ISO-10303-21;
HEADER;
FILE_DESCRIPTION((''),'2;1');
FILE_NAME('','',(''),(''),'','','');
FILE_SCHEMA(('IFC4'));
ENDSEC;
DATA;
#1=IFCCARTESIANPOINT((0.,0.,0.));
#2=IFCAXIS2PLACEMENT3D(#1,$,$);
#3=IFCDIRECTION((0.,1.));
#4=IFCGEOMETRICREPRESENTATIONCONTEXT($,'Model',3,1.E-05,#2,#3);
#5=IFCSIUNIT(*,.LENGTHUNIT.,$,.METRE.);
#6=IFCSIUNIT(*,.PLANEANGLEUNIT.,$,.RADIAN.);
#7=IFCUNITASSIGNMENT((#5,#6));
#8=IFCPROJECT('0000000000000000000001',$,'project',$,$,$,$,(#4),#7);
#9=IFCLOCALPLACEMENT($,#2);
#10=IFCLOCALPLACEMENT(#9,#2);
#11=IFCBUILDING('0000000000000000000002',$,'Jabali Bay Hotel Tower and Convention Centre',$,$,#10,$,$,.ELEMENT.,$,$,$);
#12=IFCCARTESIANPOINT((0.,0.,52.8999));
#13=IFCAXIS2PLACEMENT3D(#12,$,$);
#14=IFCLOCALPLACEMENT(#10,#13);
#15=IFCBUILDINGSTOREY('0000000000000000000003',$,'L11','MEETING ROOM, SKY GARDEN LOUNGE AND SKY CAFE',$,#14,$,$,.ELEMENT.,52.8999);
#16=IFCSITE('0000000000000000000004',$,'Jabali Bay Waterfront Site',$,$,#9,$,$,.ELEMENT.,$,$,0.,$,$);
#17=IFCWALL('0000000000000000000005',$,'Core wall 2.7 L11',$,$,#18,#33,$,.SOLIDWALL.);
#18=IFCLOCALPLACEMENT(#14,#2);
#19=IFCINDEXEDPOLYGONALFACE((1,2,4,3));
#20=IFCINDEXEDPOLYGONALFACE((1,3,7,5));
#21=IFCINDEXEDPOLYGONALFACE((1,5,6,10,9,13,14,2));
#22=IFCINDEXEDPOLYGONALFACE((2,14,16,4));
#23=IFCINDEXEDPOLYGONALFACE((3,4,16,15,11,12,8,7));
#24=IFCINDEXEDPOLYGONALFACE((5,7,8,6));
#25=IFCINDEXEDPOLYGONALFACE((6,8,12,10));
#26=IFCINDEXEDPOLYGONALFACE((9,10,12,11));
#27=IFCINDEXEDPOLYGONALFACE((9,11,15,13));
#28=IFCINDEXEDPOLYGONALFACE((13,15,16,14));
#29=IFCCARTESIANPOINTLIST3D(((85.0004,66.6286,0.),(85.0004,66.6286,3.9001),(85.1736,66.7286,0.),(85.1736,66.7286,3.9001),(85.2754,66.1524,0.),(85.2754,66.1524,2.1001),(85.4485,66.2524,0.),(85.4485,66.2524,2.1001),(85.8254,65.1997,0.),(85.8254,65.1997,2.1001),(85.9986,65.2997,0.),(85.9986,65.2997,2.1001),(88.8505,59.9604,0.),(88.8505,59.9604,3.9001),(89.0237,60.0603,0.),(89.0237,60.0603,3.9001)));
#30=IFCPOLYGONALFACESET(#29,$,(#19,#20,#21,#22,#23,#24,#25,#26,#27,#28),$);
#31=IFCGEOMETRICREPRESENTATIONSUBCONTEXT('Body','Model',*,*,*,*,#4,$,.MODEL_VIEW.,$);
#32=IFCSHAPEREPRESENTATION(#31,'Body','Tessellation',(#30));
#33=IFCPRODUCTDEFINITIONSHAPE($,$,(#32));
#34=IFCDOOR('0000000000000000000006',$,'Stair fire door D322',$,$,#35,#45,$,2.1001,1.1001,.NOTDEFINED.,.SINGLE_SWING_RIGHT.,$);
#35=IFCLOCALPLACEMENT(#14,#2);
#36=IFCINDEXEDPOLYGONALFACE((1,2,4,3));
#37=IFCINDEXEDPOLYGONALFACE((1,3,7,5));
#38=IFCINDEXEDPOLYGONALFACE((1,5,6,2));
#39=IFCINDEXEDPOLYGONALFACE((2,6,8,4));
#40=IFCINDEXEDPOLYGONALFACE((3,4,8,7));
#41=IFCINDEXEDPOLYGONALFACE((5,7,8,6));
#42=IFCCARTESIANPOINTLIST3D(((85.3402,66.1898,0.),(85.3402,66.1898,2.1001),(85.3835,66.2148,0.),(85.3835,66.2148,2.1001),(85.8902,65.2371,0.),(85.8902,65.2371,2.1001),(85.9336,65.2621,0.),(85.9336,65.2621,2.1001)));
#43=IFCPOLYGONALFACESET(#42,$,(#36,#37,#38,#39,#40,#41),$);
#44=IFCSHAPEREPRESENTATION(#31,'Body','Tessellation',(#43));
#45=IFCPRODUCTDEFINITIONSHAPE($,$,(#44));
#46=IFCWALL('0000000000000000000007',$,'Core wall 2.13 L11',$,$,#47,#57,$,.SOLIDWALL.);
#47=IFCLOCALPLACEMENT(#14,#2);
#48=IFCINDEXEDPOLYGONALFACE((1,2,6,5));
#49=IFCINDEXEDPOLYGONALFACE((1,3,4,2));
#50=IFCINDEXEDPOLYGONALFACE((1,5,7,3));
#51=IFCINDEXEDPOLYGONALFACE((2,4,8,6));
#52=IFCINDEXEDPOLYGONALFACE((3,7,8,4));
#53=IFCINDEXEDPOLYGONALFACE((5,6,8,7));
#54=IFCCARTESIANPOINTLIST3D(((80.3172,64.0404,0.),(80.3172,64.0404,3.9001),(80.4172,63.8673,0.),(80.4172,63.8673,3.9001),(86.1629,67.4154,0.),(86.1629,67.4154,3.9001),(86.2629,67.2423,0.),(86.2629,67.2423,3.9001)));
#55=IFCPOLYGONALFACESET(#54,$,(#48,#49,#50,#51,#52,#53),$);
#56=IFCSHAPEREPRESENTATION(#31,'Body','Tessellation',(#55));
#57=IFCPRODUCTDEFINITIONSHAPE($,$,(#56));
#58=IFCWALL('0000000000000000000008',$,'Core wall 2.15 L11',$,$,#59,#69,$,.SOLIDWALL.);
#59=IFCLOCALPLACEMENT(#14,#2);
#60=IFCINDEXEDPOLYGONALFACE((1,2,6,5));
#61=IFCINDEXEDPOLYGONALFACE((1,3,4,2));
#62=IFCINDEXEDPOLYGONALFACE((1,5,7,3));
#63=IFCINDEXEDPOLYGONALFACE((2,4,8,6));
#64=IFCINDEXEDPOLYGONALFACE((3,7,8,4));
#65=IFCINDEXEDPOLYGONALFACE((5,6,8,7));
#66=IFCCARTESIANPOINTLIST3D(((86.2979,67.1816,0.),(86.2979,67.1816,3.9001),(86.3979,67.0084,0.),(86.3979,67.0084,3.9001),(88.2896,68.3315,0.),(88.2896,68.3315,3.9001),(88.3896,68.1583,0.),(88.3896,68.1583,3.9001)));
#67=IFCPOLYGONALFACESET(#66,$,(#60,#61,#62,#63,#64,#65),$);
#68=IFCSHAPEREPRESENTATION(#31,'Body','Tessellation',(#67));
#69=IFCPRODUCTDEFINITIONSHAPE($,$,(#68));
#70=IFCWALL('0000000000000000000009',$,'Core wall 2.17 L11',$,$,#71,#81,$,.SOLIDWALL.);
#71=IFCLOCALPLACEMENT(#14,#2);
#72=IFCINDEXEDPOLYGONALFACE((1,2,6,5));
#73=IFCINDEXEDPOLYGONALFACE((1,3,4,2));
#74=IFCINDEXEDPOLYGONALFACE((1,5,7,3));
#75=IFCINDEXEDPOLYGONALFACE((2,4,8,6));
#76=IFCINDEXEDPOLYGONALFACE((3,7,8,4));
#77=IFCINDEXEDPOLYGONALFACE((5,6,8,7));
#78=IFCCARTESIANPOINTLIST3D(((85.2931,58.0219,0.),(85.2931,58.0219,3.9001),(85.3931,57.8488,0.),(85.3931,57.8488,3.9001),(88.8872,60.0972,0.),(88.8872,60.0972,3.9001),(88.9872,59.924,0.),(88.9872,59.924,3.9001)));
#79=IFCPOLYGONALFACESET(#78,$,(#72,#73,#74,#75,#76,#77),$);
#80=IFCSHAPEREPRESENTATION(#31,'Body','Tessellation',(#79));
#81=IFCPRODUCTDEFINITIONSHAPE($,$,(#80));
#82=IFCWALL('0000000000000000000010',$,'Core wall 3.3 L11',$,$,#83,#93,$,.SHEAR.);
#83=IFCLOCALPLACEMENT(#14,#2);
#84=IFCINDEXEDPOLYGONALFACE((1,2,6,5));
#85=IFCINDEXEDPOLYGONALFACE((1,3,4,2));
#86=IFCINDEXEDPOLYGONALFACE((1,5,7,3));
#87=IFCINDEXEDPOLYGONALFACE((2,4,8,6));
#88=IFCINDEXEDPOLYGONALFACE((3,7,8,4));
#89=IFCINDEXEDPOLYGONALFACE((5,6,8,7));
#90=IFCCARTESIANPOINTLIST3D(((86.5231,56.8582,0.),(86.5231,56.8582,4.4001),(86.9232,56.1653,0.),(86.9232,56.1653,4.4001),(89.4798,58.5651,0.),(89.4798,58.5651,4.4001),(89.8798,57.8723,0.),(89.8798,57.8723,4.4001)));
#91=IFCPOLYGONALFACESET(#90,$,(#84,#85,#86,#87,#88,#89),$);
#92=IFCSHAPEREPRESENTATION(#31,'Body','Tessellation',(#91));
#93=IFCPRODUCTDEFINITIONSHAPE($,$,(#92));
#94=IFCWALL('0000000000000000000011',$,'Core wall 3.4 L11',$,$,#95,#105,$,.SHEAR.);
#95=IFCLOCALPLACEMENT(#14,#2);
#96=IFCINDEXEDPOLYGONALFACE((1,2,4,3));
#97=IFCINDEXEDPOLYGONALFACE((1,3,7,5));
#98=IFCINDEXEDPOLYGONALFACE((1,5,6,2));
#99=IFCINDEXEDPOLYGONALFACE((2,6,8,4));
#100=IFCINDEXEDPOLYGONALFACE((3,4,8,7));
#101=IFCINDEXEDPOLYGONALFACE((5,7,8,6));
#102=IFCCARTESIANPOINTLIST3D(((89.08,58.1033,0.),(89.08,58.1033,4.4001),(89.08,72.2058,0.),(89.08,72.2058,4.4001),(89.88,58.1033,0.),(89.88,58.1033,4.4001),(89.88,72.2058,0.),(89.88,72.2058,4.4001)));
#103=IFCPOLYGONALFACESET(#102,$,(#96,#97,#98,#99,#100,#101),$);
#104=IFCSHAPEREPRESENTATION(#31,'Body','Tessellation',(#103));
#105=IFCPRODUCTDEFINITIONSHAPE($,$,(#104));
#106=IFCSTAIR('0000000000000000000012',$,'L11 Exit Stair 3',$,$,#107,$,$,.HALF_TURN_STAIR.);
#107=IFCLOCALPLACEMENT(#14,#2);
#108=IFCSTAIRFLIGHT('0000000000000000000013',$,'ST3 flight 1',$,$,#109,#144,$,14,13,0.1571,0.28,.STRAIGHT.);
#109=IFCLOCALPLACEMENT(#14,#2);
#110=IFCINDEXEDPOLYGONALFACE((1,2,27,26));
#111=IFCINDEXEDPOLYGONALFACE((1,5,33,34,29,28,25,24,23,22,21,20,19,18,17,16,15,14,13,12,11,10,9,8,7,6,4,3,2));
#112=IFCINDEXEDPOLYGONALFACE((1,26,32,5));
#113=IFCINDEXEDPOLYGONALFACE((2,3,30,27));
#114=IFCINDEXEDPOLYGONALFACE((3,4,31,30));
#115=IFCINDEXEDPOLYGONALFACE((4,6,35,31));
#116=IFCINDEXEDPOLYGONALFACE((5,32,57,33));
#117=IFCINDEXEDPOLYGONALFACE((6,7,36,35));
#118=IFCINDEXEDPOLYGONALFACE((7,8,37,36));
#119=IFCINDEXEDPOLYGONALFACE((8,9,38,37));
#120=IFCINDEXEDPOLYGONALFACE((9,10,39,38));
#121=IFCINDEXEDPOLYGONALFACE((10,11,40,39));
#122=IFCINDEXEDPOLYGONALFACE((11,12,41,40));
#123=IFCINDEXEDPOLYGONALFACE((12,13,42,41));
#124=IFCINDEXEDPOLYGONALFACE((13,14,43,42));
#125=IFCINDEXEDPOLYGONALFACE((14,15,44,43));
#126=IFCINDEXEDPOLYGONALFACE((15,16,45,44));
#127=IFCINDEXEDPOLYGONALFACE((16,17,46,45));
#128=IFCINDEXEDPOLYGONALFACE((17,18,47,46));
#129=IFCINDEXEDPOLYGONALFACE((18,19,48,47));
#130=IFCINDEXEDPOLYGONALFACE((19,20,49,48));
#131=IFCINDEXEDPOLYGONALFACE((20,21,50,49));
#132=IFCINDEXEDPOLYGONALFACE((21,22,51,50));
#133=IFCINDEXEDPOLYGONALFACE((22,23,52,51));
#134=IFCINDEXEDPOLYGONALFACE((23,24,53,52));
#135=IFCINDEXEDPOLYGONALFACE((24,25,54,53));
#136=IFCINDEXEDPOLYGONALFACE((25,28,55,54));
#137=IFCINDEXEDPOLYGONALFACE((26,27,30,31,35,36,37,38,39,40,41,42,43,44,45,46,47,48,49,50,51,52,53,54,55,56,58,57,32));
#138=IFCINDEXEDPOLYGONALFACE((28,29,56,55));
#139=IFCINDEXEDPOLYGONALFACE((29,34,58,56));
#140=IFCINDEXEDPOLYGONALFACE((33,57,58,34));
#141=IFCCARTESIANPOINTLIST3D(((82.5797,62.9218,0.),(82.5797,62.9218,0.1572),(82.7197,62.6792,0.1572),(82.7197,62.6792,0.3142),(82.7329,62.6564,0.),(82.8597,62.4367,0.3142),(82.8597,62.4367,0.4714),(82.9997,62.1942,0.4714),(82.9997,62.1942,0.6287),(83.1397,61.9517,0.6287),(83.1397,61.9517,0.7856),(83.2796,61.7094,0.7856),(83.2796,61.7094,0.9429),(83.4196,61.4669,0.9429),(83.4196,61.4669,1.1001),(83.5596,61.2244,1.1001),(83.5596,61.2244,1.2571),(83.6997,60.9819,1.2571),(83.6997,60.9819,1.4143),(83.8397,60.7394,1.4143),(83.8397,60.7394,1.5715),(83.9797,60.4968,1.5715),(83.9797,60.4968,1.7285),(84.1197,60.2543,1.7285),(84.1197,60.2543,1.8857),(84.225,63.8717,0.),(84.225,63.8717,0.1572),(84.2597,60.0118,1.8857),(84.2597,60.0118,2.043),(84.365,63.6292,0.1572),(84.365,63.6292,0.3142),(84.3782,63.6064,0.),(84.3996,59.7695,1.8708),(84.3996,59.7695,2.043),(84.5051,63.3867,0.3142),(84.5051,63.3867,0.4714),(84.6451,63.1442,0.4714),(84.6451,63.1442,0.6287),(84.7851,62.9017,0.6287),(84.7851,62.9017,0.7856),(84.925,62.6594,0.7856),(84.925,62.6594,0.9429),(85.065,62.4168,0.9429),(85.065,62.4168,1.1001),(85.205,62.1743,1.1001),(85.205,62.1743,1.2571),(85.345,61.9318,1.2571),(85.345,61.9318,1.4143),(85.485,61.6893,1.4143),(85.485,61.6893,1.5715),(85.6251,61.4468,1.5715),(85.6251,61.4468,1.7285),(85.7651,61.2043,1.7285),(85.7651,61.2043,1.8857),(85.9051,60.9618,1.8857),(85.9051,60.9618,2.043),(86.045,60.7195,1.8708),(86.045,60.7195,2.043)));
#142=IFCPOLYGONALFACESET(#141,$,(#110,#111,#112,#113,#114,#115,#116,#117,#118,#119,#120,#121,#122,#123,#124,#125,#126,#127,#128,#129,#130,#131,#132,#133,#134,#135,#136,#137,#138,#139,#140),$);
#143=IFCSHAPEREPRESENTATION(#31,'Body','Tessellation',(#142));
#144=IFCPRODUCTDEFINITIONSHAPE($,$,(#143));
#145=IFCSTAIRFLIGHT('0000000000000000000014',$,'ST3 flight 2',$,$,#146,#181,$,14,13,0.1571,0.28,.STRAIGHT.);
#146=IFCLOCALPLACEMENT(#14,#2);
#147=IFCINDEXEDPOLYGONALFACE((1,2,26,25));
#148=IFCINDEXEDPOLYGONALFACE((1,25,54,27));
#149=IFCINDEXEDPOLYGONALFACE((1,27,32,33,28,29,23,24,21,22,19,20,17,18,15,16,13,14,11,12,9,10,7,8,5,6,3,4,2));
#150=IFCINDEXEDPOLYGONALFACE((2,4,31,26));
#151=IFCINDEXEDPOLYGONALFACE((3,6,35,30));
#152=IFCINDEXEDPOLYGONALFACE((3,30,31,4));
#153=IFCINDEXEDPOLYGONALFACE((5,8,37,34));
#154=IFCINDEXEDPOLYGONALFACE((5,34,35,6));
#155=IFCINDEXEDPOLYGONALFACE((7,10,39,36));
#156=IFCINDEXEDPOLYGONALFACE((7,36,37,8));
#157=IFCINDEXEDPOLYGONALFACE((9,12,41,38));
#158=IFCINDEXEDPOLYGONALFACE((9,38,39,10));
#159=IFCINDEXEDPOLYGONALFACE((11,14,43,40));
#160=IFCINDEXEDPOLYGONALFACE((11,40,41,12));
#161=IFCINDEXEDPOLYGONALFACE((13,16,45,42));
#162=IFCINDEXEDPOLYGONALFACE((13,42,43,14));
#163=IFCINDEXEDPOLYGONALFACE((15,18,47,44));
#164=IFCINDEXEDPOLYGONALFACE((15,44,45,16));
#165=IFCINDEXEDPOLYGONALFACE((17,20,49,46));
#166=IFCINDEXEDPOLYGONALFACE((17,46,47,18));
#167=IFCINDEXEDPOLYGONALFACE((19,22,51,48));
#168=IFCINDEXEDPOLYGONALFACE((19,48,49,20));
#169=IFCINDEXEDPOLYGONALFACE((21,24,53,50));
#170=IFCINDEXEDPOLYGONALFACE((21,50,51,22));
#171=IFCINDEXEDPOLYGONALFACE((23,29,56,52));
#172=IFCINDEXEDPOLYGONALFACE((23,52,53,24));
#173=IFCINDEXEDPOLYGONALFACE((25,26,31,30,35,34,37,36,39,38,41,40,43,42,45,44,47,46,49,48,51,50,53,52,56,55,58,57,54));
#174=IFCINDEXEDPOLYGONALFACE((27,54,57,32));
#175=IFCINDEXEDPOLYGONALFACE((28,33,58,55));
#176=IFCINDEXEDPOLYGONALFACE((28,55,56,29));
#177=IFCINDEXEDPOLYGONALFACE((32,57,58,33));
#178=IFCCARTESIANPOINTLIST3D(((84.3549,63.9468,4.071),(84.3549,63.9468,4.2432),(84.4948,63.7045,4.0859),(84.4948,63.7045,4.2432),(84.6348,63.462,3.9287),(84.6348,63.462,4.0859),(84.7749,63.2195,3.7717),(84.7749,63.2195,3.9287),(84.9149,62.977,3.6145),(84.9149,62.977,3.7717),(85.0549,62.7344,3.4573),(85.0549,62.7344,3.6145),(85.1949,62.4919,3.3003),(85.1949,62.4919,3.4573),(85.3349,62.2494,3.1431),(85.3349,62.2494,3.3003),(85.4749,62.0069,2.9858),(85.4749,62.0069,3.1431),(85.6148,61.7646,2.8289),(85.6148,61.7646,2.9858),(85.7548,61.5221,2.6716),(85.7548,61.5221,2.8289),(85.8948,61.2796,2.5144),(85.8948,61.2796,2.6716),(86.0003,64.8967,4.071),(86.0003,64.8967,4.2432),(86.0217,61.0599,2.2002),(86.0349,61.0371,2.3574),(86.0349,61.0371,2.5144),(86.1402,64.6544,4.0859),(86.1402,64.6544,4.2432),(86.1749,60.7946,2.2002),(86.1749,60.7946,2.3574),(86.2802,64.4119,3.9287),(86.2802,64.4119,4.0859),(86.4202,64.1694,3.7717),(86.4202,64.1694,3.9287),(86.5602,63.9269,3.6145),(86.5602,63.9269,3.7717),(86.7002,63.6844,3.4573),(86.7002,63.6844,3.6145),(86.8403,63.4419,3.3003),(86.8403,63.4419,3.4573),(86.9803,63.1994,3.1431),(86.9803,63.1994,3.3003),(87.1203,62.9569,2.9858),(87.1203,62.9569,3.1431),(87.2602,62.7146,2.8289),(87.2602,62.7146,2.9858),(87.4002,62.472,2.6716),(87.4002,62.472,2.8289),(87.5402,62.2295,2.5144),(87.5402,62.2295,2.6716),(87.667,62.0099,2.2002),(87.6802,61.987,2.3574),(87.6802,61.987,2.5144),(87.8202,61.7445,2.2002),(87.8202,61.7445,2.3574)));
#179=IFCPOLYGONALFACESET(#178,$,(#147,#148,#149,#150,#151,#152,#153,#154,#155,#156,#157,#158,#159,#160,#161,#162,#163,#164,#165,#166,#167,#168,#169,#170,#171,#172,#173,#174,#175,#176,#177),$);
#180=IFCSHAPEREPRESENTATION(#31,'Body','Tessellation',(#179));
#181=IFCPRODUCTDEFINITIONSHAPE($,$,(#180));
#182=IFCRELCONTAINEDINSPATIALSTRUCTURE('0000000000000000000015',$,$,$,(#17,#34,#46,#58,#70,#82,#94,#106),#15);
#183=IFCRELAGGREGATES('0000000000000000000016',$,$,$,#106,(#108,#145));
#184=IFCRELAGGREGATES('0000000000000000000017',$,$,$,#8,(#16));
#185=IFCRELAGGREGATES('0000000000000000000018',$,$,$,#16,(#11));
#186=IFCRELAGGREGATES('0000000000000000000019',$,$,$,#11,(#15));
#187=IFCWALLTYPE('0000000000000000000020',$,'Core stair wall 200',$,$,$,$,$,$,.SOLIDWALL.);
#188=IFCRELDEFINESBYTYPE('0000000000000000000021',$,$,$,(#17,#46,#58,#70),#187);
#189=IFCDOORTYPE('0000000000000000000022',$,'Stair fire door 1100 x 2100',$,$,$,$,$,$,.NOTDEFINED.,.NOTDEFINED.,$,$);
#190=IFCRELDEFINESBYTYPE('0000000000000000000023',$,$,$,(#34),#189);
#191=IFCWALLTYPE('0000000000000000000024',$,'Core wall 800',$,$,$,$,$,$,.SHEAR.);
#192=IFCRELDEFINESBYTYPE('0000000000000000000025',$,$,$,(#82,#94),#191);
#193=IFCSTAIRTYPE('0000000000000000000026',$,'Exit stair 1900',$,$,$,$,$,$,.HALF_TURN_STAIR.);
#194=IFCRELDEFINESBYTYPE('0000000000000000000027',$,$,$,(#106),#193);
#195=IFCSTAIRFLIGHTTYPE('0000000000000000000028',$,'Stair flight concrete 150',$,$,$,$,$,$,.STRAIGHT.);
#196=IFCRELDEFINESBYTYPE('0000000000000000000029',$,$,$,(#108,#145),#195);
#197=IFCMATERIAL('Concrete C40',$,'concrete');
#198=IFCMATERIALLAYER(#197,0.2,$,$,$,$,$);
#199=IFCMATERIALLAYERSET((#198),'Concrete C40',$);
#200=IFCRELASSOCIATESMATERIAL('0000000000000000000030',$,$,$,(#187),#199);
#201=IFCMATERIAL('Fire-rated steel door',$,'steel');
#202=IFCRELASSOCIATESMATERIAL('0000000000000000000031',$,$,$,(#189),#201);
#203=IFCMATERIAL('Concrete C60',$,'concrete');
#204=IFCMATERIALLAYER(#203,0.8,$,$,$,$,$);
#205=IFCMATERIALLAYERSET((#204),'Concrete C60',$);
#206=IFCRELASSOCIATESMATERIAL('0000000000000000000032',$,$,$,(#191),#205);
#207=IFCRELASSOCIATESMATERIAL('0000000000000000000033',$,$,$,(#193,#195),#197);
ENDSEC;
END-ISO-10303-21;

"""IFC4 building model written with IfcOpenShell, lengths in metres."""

from ifc_helpers import new_model, si_unit, direction, frame, frame_2d, origin, place, context, subcontext, project, spatial, polyline, rectangle, outline, extrude, material, layer, layer_set, type_object, element, fill, aggregate, save


model = new_model("IFC4")

# Units and contexts
model_context = context("Model", 3, precision=1e-05, world=origin(), true_north=direction((0.0, 1.0)))
body_context = subcontext(model_context, "Body", "Model", "MODEL_VIEW")
ifc_project = project(units=[si_unit("LENGTHUNIT", "METRE"), si_unit("PLANEANGLEUNIT", "RADIAN")], contexts=[model_context])

# Site, building, storey
site_placement = place(None, origin())
site = spatial("IfcSite", under=ifc_project, at=site_placement, Name="Jabali Bay Waterfront Site", CompositionType="ELEMENT", RefElevation=0.0)
building_placement = place(site_placement, origin())
building = spatial("IfcBuilding", under=site, at=building_placement, Name="Jabali Bay Hotel Tower and Convention Centre", CompositionType="ELEMENT")
storey_placement = place(building_placement, frame((0.0, 0.0, 52.8999)))
storey = spatial("IfcBuildingStorey", under=building, at=storey_placement, Name="L11", Description="MEETING ROOM, SKY GARDEN LOUNGE AND SKY CAFE", CompositionType="ELEMENT", Elevation=52.8999)

# Shared definitions
ifc_material_1 = material(Name="Concrete C40", Category="concrete")

# Shared definitions
ifc_material_2 = material(Name="Fire-rated steel door", Category="steel")

# Shared definitions
ifc_layer_1 = layer(ifc_material_1, 0.2)
ifc_layer_set_1 = layer_set([ifc_layer_1], Name="Concrete C40")
wall_type_1 = type_object("IfcWallType", Name="Core stair wall 200", PredefinedType="SOLIDWALL", material=ifc_layer_set_1)

# Wall, opening, door
wall_1_placement = place(storey_placement, frame((85.0869, 66.6787, 0.0), z_axis=(0.0, 0.0, 1.0), x_axis=(0.50002, -0.866014, 0.0)))
wall_1 = element("IfcWall", 1, at=wall_1_placement, inside=storey, type_object=wall_type_1, Name="Core wall 2.7 L11", PredefinedType="SOLIDWALL", context=body_context, shape_type="SweptSolid", body=[
    extrude(rectangle(XDim=7.7, YDim=0.2, at=frame_2d((3.8501, 0.0))), origin(), (0.0, 0.0, 1.0), 3.9001),
])
opening_1_placement = place(wall_1_placement, frame((0.55, 0.0, 0.0)))
opening_1 = element("IfcOpeningElement", 2, at=opening_1_placement, cuts=wall_1, PredefinedType="OPENING", context=body_context, shape_type="SweptSolid", body=[
    extrude(rectangle(XDim=1.1001, YDim=2.1001, at=frame_2d((0.55, 1.05))), frame((0.0, 0.1104, 0.0), z_axis=(0.0, -1.0, 0.0), x_axis=(1.0, 0.0, 0.0)), (0.0, 0.0, 1.0), 0.2209),
])
door_type_1 = type_object("IfcDoorType", Name="Stair fire door 1100 x 2100", OperationType="NOTDEFINED", PredefinedType="NOTDEFINED", material=ifc_material_2)
door_1_placement = place(opening_1_placement, origin())
door_1 = element("IfcDoor", 3, at=door_1_placement, inside=storey, type_object=door_type_1, Name="Stair fire door D322", OperationType="SINGLE_SWING_RIGHT", OverallHeight=2.1001, OverallWidth=1.1001, PredefinedType="NOTDEFINED", context=body_context, shape_type="SweptSolid", body=[
    extrude(rectangle(XDim=1.1001, YDim=2.1001, at=frame_2d((0.55, 1.05))), frame((0.0, 0.0249, 0.0), z_axis=(0.0, -1.0, 0.0), x_axis=(1.0, 0.0, 0.0)), (0.0, 0.0, 1.0), 0.05),
])
fill(opening_1, door_1)

# Walls
wall_2_placement = place(storey_placement, frame((80.3672, 63.9539, 0.0), z_axis=(0.0, 0.0, 1.0), x_axis=(0.866027, 0.499998, 0.0)))
element("IfcWall", 4, at=wall_2_placement, inside=storey, type_object=wall_type_1, Name="Core wall 2.13 L11", PredefinedType="SOLIDWALL", context=body_context, shape_type="SweptSolid", body=[
    extrude(rectangle(XDim=6.75, YDim=0.2, at=frame_2d((3.375, 0.0))), origin(), (0.0, 0.0, 1.0), 3.9001),
])
wall_3_placement = place(storey_placement, frame((86.3479, 67.095, 0.0), z_axis=(0.0, 0.0, 1.0), x_axis=(0.866026, 0.499998, 0.0)))
element("IfcWall", 5, at=wall_3_placement, inside=storey, type_object=wall_type_1, Name="Core wall 2.15 L11", PredefinedType="SOLIDWALL", context=body_context, shape_type="SweptSolid", body=[
    extrude(rectangle(XDim=2.2998, YDim=0.2, at=frame_2d((1.1499, 0.0))), origin(), (0.0, 0.0, 1.0), 3.9001),
])
wall_4_placement = place(storey_placement, frame((85.343, 57.9353, 0.0), z_axis=(0.0, 0.0, 1.0), x_axis=(0.866004, 0.500036, 0.0)))
element("IfcWall", 6, at=wall_4_placement, inside=storey, type_object=wall_type_1, Name="Core wall 2.17 L11", PredefinedType="SOLIDWALL", context=body_context, shape_type="SweptSolid", body=[
    extrude(rectangle(XDim=4.1501, YDim=0.2, at=frame_2d((2.0752, 0.0))), origin(), (0.0, 0.0, 1.0), 3.9001),
])
ifc_material_3 = material(Name="Concrete C60", Category="concrete")
ifc_layer_2 = layer(ifc_material_3, 0.8)
ifc_layer_set_2 = layer_set([ifc_layer_2], Name="Concrete C60")
wall_type_2 = type_object("IfcWallType", Name="Core wall 800", PredefinedType="SHEAR", material=ifc_layer_set_2)
wall_5_placement = place(storey_placement, frame((86.7231, 56.5117, 0.0), z_axis=(0.0, 0.0, 1.0), x_axis=(0.866034, 0.499984, 0.0)))
element("IfcWall", 7, at=wall_5_placement, inside=storey, type_object=wall_type_2, Name="Core wall 3.3 L11", PredefinedType="SHEAR", context=body_context, shape_type="SweptSolid", body=[
    extrude(rectangle(XDim=3.4141, YDim=0.8, at=frame_2d((1.707, 0.0))), origin(), (0.0, 0.0, 1.0), 4.4001),
])
wall_6_placement = place(storey_placement, frame((89.48, 58.1033, 0.0), z_axis=(0.0, 0.0, 1.0), x_axis=(0.0, 1.0, 0.0)))
element("IfcWall", 8, at=wall_6_placement, inside=storey, type_object=wall_type_2, Name="Core wall 3.4 L11", PredefinedType="SHEAR", context=body_context, shape_type="SweptSolid", body=[
    extrude(rectangle(XDim=14.1025, YDim=0.8, at=frame_2d((7.0513, 0.0))), origin(), (0.0, 0.0, 1.0), 4.4001),
])

# Stair, stair flights
stair_type = type_object("IfcStairType", Name="Exit stair 1900", PredefinedType="HALF_TURN_STAIR", material=ifc_material_1)
stair_placement = place(storey_placement, origin())
stair = element("IfcStair", 9, at=stair_placement, inside=storey, type_object=stair_type, Name="L11 Exit Stair 3", PredefinedType="HALF_TURN_STAIR")
stair_flight_type = type_object("IfcStairFlightType", Name="Stair flight concrete 150", PredefinedType="STRAIGHT", material=ifc_material_1)
stair_flight_1_placement = place(storey_placement, frame((83.4023, 63.3967, 0.0), z_axis=(0.0, 0.0, 1.0), x_axis=(0.5, -0.866025, 0.0)))
stair_flight_1 = element("IfcStairFlight", 10, at=stair_flight_1_placement, type_object=stair_flight_type, Name="ST3 flight 1", NumberOfRisers=14, NumberOfTreads=13, PredefinedType="STRAIGHT", RiserHeight=0.1571, TreadLength=0.28, context=body_context, shape_type="SweptSolid", body=[
    extrude(outline(polyline([(0.0, 0.0), (0.0, 0.1572), (0.28, 0.1572), (0.28, 0.3142), (0.5601, 0.3142), (0.5601, 0.4714), (0.8401, 0.4714), (0.8401, 0.6287), (1.1201, 0.6287), (1.1201, 0.7856), (1.3999, 0.7856), (1.3999, 0.9429), (1.6799, 0.9429), (1.6799, 1.1001), (1.96, 1.1001), (1.96, 1.2571), (2.24, 1.2571), (2.24, 1.4143), (2.52, 1.4143), (2.52, 1.5715), (2.8, 1.5715), (2.8, 1.7285), (3.0801, 1.7285), (3.0801, 1.8857), (3.3601, 1.8857), (3.3601, 2.043), (3.6399, 2.043), (3.6399, 2.2), (3.6399, 1.8708), (0.3064, 0.0), (0.0, 0.0)])), frame((0.0, 0.95, 0.0), z_axis=(0.0, -1.0, 0.0), x_axis=(1.0, 0.0, 0.0)), (0.0, 0.0, 1.0), 1.8999),
])
stair_flight_2_placement = place(storey_placement, frame((86.9976, 61.2695, 2.2002), z_axis=(0.0, 0.0, 1.0), x_axis=(-0.5, 0.866025, 0.0)))
stair_flight_2 = element("IfcStairFlight", 11, at=stair_flight_2_placement, type_object=stair_flight_type, Name="ST3 flight 2", NumberOfRisers=14, NumberOfTreads=13, PredefinedType="STRAIGHT", RiserHeight=0.1571, TreadLength=0.28, context=body_context, shape_type="SweptSolid", body=[
    extrude(outline(polyline([(0.0, 0.0), (0.0, 0.1572), (0.28, 0.1572), (0.28, 0.3142), (0.5601, 0.3142), (0.5601, 0.4714), (0.8401, 0.4714), (0.8401, 0.6287), (1.1201, 0.6287), (1.1201, 0.7856), (1.3999, 0.7856), (1.3999, 0.9429), (1.6799, 0.9429), (1.6799, 1.1001), (1.96, 1.1001), (1.96, 1.2571), (2.24, 1.2571), (2.24, 1.4143), (2.52, 1.4143), (2.52, 1.5715), (2.8, 1.5715), (2.8, 1.7285), (3.0801, 1.7285), (3.0801, 1.8857), (3.3601, 1.8857), (3.3601, 2.043), (3.6399, 2.043), (3.6399, 2.2), (3.6399, 1.8708), (0.3064, 0.0), (0.0, 0.0)])), frame((0.0, 0.95, 0.0), z_axis=(0.0, -1.0, 0.0), x_axis=(1.0, 0.0, 0.0)), (0.0, 0.0, 1.0), 1.8999),
])
aggregate(stair, [stair_flight_1, stair_flight_2])

save(model, "model.ifc")
